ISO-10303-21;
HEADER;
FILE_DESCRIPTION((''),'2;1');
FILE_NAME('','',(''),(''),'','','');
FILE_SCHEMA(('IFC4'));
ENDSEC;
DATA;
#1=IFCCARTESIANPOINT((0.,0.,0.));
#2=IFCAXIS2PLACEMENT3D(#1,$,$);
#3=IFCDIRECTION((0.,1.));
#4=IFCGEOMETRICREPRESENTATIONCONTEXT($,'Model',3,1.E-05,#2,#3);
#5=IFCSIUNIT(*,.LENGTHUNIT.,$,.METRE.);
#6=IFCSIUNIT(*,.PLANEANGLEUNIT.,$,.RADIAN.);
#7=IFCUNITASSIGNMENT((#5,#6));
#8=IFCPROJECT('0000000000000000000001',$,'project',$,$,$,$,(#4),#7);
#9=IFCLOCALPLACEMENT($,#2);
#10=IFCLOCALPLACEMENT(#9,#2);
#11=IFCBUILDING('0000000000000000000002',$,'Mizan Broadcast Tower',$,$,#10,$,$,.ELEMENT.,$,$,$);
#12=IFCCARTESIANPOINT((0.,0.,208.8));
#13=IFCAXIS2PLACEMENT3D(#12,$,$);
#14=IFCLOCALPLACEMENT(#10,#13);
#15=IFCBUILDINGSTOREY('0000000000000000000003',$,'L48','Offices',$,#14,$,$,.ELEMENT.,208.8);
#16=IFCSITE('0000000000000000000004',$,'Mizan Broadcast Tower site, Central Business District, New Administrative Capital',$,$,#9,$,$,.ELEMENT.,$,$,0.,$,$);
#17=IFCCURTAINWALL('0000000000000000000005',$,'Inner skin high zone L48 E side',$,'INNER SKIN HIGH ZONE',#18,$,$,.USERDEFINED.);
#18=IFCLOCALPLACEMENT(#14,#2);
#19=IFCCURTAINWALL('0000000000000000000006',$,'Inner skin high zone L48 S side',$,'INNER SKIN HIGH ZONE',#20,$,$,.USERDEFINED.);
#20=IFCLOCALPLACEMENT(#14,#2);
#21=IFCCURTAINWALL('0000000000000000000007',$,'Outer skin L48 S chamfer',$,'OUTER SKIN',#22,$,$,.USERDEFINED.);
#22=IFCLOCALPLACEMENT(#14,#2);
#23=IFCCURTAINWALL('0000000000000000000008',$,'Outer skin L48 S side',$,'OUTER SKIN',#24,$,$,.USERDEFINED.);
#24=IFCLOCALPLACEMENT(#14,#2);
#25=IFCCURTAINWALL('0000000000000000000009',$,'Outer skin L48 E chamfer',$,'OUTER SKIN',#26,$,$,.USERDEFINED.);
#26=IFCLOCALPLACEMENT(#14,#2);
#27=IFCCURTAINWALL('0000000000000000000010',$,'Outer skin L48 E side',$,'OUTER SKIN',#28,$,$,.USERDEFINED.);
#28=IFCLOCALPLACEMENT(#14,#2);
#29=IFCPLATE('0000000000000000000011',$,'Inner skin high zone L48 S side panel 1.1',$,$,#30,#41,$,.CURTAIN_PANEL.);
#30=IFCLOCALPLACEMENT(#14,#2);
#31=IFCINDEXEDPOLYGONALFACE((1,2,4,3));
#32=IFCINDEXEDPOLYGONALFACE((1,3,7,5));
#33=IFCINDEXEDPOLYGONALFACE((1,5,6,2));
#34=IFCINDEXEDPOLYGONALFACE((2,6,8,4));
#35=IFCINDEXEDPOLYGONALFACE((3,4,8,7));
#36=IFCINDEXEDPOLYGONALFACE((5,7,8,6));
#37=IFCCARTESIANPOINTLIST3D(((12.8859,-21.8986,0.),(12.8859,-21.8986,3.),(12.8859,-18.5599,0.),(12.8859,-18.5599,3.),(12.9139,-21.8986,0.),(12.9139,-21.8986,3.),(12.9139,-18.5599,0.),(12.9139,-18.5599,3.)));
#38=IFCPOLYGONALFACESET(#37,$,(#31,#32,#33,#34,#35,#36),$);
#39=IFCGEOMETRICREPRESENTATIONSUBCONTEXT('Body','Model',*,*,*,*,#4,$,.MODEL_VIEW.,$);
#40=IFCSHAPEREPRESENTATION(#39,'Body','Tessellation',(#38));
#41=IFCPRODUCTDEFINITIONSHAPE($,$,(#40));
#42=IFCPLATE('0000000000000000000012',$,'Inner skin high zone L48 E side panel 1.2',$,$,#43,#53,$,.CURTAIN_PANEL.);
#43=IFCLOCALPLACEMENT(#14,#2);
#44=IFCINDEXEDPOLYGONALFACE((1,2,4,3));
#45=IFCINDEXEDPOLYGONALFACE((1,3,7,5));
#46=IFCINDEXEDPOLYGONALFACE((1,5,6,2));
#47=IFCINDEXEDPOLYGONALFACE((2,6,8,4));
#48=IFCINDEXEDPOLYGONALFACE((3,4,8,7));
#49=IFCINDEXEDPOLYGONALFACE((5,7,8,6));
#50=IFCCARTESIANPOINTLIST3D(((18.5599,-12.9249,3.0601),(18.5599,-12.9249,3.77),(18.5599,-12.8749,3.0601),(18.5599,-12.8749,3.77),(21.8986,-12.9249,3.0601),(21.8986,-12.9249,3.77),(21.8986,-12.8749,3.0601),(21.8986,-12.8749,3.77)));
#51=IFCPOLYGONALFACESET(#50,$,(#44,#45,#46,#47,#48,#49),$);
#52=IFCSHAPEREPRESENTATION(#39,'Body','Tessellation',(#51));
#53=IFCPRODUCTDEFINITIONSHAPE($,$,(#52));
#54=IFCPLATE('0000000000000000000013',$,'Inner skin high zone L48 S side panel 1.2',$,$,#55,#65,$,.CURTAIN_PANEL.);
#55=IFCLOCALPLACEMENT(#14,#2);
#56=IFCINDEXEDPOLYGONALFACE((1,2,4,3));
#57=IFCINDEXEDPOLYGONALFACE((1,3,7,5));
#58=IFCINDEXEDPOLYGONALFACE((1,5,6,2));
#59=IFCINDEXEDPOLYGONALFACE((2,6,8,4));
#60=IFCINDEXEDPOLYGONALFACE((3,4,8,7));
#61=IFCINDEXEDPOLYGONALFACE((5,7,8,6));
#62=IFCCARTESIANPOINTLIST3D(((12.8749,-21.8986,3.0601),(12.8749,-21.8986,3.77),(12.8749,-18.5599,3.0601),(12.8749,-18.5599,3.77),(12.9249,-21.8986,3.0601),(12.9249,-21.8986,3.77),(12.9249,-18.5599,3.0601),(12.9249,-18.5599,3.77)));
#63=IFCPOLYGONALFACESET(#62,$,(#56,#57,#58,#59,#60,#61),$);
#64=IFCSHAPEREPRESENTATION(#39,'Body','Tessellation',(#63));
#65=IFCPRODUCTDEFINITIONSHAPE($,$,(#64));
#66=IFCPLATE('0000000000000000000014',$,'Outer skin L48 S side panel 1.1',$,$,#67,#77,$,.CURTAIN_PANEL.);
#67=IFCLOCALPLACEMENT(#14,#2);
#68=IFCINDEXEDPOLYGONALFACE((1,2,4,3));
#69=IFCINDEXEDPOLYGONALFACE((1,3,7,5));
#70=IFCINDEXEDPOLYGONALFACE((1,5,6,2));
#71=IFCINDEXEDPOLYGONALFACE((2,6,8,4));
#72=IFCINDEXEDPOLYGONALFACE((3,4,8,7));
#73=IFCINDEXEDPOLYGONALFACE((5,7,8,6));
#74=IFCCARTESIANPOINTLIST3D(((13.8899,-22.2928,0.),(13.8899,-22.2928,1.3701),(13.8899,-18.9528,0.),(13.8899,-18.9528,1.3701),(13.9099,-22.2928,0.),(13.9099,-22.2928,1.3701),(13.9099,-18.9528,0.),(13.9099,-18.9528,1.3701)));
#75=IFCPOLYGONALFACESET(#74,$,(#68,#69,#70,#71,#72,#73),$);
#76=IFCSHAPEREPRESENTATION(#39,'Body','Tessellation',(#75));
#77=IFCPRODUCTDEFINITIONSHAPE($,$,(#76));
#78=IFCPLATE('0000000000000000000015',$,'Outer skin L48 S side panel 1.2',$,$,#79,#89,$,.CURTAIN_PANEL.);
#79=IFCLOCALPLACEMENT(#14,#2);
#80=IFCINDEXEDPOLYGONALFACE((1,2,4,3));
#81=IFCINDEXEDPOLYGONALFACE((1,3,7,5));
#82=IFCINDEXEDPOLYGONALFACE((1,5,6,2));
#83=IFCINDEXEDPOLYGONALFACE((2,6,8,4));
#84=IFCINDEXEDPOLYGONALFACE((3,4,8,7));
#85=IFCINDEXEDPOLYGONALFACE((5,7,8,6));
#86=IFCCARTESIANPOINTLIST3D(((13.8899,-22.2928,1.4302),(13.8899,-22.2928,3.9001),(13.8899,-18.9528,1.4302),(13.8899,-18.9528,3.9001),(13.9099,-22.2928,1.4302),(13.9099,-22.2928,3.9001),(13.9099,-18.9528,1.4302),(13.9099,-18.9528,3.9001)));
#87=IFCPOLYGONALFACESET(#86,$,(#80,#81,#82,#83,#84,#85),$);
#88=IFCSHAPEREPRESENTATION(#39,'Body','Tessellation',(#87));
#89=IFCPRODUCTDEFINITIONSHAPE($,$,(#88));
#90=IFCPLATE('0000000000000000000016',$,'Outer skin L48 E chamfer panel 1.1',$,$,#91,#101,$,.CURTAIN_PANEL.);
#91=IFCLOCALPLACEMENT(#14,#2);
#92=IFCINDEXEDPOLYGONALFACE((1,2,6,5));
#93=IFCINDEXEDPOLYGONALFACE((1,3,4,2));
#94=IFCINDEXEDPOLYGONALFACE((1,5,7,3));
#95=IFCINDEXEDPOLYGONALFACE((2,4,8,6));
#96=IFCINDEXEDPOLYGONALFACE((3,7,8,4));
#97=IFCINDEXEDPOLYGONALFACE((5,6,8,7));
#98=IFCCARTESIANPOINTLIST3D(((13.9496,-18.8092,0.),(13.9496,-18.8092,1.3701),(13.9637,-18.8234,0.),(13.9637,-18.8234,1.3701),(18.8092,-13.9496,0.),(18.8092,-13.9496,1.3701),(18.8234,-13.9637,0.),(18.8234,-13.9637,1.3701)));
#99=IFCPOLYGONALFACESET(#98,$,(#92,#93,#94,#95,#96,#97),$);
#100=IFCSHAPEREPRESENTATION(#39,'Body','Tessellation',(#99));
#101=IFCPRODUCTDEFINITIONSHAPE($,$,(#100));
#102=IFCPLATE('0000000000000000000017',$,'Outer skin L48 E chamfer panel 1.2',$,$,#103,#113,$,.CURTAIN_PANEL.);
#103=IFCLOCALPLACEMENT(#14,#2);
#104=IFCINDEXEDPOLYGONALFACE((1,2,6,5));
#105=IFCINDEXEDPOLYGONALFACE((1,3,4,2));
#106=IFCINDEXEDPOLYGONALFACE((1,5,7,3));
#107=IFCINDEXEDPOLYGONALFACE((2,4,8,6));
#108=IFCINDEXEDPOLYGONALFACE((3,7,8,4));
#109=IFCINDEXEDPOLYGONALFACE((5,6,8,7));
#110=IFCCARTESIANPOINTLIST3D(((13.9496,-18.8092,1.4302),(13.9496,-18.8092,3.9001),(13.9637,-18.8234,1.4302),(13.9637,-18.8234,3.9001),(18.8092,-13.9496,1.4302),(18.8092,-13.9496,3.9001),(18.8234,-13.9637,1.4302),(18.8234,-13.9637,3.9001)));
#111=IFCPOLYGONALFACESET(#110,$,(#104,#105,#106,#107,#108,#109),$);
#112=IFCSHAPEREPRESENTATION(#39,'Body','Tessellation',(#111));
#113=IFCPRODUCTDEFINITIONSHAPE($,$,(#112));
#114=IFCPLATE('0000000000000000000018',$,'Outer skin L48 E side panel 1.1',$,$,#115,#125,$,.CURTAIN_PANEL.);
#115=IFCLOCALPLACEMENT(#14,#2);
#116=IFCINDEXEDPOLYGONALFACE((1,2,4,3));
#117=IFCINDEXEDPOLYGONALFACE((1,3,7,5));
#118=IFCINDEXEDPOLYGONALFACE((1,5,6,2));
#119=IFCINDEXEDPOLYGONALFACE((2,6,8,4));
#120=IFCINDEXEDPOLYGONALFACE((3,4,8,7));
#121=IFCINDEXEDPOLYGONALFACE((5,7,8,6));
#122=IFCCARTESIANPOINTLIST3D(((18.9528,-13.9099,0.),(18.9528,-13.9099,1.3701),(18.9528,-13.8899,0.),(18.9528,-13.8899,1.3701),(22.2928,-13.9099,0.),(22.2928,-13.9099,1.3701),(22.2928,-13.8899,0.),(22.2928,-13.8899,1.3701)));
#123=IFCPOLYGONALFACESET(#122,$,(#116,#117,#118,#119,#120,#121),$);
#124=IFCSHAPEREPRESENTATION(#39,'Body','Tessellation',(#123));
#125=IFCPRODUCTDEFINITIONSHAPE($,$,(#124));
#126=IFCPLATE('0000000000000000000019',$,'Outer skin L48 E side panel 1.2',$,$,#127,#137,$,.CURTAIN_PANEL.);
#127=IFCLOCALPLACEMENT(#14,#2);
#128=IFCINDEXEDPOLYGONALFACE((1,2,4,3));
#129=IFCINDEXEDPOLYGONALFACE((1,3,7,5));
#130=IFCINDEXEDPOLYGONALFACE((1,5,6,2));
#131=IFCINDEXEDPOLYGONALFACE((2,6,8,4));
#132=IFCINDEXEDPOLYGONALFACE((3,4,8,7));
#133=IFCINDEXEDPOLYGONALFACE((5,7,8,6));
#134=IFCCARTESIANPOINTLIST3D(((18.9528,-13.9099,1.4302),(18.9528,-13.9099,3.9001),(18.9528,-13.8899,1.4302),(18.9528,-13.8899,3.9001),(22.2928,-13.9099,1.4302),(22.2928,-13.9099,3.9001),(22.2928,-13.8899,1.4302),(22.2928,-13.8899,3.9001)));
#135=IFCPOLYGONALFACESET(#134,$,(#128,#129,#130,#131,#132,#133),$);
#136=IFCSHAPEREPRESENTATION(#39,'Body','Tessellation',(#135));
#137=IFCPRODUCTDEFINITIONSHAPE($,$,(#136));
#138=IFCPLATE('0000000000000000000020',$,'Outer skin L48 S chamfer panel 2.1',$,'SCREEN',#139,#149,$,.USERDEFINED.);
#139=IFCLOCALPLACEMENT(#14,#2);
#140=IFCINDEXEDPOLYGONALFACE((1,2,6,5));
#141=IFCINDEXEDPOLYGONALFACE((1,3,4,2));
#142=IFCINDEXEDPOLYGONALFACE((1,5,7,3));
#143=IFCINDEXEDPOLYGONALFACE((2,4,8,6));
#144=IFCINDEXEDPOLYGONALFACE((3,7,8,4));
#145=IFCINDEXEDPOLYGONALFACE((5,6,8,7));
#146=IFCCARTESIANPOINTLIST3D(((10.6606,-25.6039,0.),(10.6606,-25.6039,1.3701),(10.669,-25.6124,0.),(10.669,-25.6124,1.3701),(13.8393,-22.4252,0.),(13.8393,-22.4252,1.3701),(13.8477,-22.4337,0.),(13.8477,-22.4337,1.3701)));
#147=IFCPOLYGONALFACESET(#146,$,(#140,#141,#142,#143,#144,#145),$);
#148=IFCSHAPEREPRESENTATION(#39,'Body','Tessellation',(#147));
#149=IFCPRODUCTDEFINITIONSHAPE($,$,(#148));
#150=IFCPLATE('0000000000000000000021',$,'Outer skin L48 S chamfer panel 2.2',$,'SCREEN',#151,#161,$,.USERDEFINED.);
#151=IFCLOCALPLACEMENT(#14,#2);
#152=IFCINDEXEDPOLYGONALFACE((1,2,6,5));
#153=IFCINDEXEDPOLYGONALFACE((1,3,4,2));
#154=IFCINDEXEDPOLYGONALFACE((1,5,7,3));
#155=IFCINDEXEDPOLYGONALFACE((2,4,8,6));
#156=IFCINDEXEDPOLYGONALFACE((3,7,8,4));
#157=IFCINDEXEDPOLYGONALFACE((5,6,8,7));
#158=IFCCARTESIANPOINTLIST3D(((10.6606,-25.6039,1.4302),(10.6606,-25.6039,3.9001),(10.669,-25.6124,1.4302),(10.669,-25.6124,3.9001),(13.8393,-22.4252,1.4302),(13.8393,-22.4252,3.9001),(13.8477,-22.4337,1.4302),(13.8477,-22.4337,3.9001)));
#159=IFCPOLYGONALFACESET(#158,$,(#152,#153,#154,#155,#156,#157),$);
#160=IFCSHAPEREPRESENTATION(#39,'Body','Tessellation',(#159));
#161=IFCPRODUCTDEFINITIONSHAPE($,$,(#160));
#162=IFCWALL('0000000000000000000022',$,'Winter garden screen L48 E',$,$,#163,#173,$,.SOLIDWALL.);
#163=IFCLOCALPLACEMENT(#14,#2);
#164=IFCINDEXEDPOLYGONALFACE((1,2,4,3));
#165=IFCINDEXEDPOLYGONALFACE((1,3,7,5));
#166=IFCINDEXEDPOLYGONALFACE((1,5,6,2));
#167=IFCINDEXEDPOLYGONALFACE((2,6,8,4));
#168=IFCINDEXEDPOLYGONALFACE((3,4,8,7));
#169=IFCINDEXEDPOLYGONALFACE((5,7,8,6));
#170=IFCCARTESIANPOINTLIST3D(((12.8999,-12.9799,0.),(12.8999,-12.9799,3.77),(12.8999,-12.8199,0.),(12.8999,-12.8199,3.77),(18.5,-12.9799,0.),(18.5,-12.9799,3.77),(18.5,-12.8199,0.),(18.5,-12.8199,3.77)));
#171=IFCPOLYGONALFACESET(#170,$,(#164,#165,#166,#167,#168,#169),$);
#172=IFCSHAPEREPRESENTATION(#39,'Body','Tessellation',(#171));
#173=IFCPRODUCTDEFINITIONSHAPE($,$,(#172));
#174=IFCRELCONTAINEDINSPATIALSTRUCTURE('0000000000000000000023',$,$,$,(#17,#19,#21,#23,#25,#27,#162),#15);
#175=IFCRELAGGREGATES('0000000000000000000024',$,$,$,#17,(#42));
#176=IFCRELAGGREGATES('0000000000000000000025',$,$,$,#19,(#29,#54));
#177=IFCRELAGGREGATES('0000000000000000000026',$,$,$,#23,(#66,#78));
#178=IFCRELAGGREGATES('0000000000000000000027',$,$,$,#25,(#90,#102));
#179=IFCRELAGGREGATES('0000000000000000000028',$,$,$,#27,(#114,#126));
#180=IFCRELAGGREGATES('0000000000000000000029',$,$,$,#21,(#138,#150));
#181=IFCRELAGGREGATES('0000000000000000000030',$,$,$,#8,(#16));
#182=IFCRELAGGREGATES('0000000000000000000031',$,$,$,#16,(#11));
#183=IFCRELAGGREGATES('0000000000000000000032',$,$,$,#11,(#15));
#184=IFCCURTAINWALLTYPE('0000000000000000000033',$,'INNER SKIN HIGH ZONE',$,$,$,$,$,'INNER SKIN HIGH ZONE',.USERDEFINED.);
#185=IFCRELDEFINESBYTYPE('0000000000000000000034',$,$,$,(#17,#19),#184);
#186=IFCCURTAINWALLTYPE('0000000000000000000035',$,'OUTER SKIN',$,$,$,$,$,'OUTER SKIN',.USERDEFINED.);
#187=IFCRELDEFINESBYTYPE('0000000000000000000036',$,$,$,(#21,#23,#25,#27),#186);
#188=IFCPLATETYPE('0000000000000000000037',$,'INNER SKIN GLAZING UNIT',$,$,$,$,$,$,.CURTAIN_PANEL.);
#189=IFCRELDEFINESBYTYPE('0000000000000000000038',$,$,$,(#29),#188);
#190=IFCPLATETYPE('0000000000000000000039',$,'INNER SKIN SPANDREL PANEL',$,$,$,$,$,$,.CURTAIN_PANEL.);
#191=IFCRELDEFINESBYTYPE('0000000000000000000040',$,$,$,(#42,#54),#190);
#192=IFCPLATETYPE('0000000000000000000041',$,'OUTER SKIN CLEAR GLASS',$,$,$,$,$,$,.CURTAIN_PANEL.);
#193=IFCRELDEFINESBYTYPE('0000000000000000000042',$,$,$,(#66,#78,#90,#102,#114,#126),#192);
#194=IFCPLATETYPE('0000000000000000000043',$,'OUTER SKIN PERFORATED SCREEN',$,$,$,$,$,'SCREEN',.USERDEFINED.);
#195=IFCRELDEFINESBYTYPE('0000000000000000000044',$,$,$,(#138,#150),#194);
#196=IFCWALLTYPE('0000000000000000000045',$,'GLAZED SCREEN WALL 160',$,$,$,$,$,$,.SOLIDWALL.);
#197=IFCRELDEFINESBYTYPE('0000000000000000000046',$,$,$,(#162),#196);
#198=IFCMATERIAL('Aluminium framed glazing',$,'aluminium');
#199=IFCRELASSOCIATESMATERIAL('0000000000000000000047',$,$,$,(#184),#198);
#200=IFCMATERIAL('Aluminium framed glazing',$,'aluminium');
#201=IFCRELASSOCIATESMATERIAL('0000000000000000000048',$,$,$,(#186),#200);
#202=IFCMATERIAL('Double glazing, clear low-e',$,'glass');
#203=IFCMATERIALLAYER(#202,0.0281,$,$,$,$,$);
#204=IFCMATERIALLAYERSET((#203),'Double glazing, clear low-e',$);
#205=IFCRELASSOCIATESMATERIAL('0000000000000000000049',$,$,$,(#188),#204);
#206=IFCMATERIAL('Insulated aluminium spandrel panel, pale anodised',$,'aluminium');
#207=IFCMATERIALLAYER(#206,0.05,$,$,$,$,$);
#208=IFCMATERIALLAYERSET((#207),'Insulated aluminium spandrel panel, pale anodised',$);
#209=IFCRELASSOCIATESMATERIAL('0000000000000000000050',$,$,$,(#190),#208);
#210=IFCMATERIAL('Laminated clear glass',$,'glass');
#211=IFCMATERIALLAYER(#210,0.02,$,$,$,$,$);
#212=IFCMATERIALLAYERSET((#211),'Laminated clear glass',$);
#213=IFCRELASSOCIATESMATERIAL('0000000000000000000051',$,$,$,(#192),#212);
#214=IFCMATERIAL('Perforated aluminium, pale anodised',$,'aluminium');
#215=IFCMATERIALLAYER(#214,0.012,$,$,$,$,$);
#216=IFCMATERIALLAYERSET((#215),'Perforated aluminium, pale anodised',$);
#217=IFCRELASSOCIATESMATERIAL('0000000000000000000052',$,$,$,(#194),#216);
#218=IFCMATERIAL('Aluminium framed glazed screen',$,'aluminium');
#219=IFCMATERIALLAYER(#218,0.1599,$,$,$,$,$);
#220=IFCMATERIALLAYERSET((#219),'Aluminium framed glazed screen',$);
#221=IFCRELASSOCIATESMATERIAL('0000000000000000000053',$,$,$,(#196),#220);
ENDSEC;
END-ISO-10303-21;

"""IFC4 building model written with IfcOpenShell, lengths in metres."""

from ifc_helpers import new_model, si_unit, direction, frame, frame_2d, origin, origin_2d, place, context, subcontext, project, spatial, rectangle, extrude, material, layer, layer_set, type_object, element, aggregate, save


model = new_model("IFC4")

# Units and contexts
model_context = context("Model", 3, precision=1e-05, world=origin(), true_north=direction((0.0, 1.0)))
body_context = subcontext(model_context, "Body", "Model", "MODEL_VIEW")
ifc_project = project(units=[si_unit("LENGTHUNIT", "METRE"), si_unit("PLANEANGLEUNIT", "RADIAN")], contexts=[model_context])

# Site, building, storey
site_placement = place(None, origin())
site = spatial("IfcSite", under=ifc_project, at=site_placement, Name="Mizan Broadcast Tower site, Central Business District, New Administrative Capital", CompositionType="ELEMENT", RefElevation=0.0)
building_placement = place(site_placement, origin())
building = spatial("IfcBuilding", under=site, at=building_placement, Name="Mizan Broadcast Tower", CompositionType="ELEMENT")
storey_placement = place(building_placement, frame((0.0, 0.0, 208.8)))
storey = spatial("IfcBuildingStorey", under=building, at=storey_placement, Name="L48", Description="Offices", CompositionType="ELEMENT", Elevation=208.8)

# Curtain walls
ifc_material_1 = material(Name="Aluminium framed glazing", Category="aluminium")
curtain_wall_type_1 = type_object("IfcCurtainWallType", Name="INNER SKIN HIGH ZONE", ElementType="INNER SKIN HIGH ZONE", PredefinedType="USERDEFINED", material=ifc_material_1)
curtain_wall_1_placement = place(storey_placement, origin())
curtain_wall_1 = element("IfcCurtainWall", 1, at=curtain_wall_1_placement, inside=storey, type_object=curtain_wall_type_1, Name="Inner skin high zone L48 E side", ObjectType="INNER SKIN HIGH ZONE", PredefinedType="USERDEFINED")
curtain_wall_2_placement = place(storey_placement, origin())
curtain_wall_2 = element("IfcCurtainWall", 2, at=curtain_wall_2_placement, inside=storey, type_object=curtain_wall_type_1, Name="Inner skin high zone L48 S side", ObjectType="INNER SKIN HIGH ZONE", PredefinedType="USERDEFINED")

# Curtain walls
ifc_material_2 = material(Name="Aluminium framed glazing", Category="aluminium")
curtain_wall_type_2 = type_object("IfcCurtainWallType", Name="OUTER SKIN", ElementType="OUTER SKIN", PredefinedType="USERDEFINED", material=ifc_material_2)
curtain_wall_3_placement = place(storey_placement, origin())
curtain_wall_3 = element("IfcCurtainWall", 3, at=curtain_wall_3_placement, inside=storey, type_object=curtain_wall_type_2, Name="Outer skin L48 S chamfer", ObjectType="OUTER SKIN", PredefinedType="USERDEFINED")
curtain_wall_4_placement = place(storey_placement, origin())
curtain_wall_4 = element("IfcCurtainWall", 4, at=curtain_wall_4_placement, inside=storey, type_object=curtain_wall_type_2, Name="Outer skin L48 S side", ObjectType="OUTER SKIN", PredefinedType="USERDEFINED")
curtain_wall_5_placement = place(storey_placement, origin())
curtain_wall_5 = element("IfcCurtainWall", 5, at=curtain_wall_5_placement, inside=storey, type_object=curtain_wall_type_2, Name="Outer skin L48 E chamfer", ObjectType="OUTER SKIN", PredefinedType="USERDEFINED")
curtain_wall_6_placement = place(storey_placement, origin())
curtain_wall_6 = element("IfcCurtainWall", 6, at=curtain_wall_6_placement, inside=storey, type_object=curtain_wall_type_2, Name="Outer skin L48 E side", ObjectType="OUTER SKIN", PredefinedType="USERDEFINED")

# Plates
ifc_material_3 = material(Name="Double glazing, clear low-e", Category="glass")
ifc_layer_1 = layer(ifc_material_3, 0.0281)
ifc_layer_set_1 = layer_set([ifc_layer_1], Name="Double glazing, clear low-e")
plate_type_1 = type_object("IfcPlateType", Name="INNER SKIN GLAZING UNIT", PredefinedType="CURTAIN_PANEL", material=ifc_layer_set_1)
plate_1_placement = place(storey_placement, frame((12.8999, -20.2292, 0.0), z_axis=(0.0, 0.0, 1.0), x_axis=(0.0, 1.0, 0.0)))
plate_1 = element("IfcPlate", 7, at=plate_1_placement, type_object=plate_type_1, Name="Inner skin high zone L48 S side panel 1.1", PredefinedType="CURTAIN_PANEL", context=body_context, shape_type="SweptSolid", body=[
    extrude(rectangle(XDim=3.3386, YDim=0.0281, at=origin_2d()), origin(), (0.0, 0.0, 1.0), 3.0),
])
ifc_material_4 = material(Name="Insulated aluminium spandrel panel, pale anodised", Category="aluminium")
ifc_layer_2 = layer(ifc_material_4, 0.05)
ifc_layer_set_2 = layer_set([ifc_layer_2], Name="Insulated aluminium spandrel panel, pale anodised")
plate_type_2 = type_object("IfcPlateType", Name="INNER SKIN SPANDREL PANEL", PredefinedType="CURTAIN_PANEL", material=ifc_layer_set_2)
plate_2_placement = place(storey_placement, frame((20.2292, -12.8999, 3.0601), z_axis=(0.0, 0.0, 1.0), x_axis=(1.0, 0.0, 0.0)))
plate_2 = element("IfcPlate", 8, at=plate_2_placement, type_object=plate_type_2, Name="Inner skin high zone L48 E side panel 1.2", PredefinedType="CURTAIN_PANEL", context=body_context, shape_type="SweptSolid", body=[
    extrude(rectangle(XDim=3.3386, YDim=0.05, at=origin_2d()), origin(), (0.0, 0.0, 1.0), 0.71),
])
aggregate(curtain_wall_1, [plate_2])
plate_3_placement = place(storey_placement, frame((12.8999, -20.2292, 3.0601), z_axis=(0.0, 0.0, 1.0), x_axis=(0.0, 1.0, 0.0)))
plate_3 = element("IfcPlate", 9, at=plate_3_placement, type_object=plate_type_2, Name="Inner skin high zone L48 S side panel 1.2", PredefinedType="CURTAIN_PANEL", context=body_context, shape_type="SweptSolid", body=[
    extrude(rectangle(XDim=3.3386, YDim=0.05, at=origin_2d()), origin(), (0.0, 0.0, 1.0), 0.71),
])
aggregate(curtain_wall_2, [plate_1, plate_3])
ifc_material_5 = material(Name="Laminated clear glass", Category="glass")
ifc_layer_3 = layer(ifc_material_5, 0.02)
ifc_layer_set_3 = layer_set([ifc_layer_3], Name="Laminated clear glass")
plate_type_3 = type_object("IfcPlateType", Name="OUTER SKIN CLEAR GLASS", PredefinedType="CURTAIN_PANEL", material=ifc_layer_set_3)
plate_4_placement = place(storey_placement, frame((13.8999, -20.6228, 0.0), z_axis=(0.0, 0.0, 1.0), x_axis=(0.0, 1.0, 0.0)))
plate_4 = element("IfcPlate", 10, at=plate_4_placement, type_object=plate_type_3, Name="Outer skin L48 S side panel 1.1", PredefinedType="CURTAIN_PANEL", context=body_context, shape_type="SweptSolid", body=[
    extrude(rectangle(XDim=3.3401, YDim=0.02, at=origin_2d()), origin(), (0.0, 0.0, 1.0), 1.3701),
])
plate_5_placement = place(storey_placement, frame((13.8999, -20.6228, 1.4302), z_axis=(0.0, 0.0, 1.0), x_axis=(0.0, 1.0, 0.0)))
plate_5 = element("IfcPlate", 11, at=plate_5_placement, type_object=plate_type_3, Name="Outer skin L48 S side panel 1.2", PredefinedType="CURTAIN_PANEL", context=body_context, shape_type="SweptSolid", body=[
    extrude(rectangle(XDim=3.3401, YDim=0.02, at=origin_2d()), origin(), (0.0, 0.0, 1.0), 2.47),
])
aggregate(curtain_wall_4, [plate_4, plate_5])
plate_6_placement = place(storey_placement, frame((16.3865, -16.3865, 0.0), z_axis=(0.0, 0.0, 1.0), x_axis=(0.707107, 0.707107, 0.0)))
plate_6 = element("IfcPlate", 12, at=plate_6_placement, type_object=plate_type_3, Name="Outer skin L48 E chamfer panel 1.1", PredefinedType="CURTAIN_PANEL", context=body_context, shape_type="SweptSolid", body=[
    extrude(rectangle(XDim=6.8726, YDim=0.02, at=origin_2d()), origin(), (0.0, 0.0, 1.0), 1.3701),
])
plate_7_placement = place(storey_placement, frame((16.3865, -16.3865, 1.4302), z_axis=(0.0, 0.0, 1.0), x_axis=(0.707107, 0.707107, 0.0)))
plate_7 = element("IfcPlate", 13, at=plate_7_placement, type_object=plate_type_3, Name="Outer skin L48 E chamfer panel 1.2", PredefinedType="CURTAIN_PANEL", context=body_context, shape_type="SweptSolid", body=[
    extrude(rectangle(XDim=6.8726, YDim=0.02, at=origin_2d()), origin(), (0.0, 0.0, 1.0), 2.47),
])
aggregate(curtain_wall_5, [plate_6, plate_7])
plate_8_placement = place(storey_placement, frame((20.6228, -13.8999, 0.0), z_axis=(0.0, 0.0, 1.0), x_axis=(1.0, 0.0, 0.0)))
plate_8 = element("IfcPlate", 14, at=plate_8_placement, type_object=plate_type_3, Name="Outer skin L48 E side panel 1.1", PredefinedType="CURTAIN_PANEL", context=body_context, shape_type="SweptSolid", body=[
    extrude(rectangle(XDim=3.3401, YDim=0.02, at=origin_2d()), origin(), (0.0, 0.0, 1.0), 1.3701),
])
plate_9_placement = place(storey_placement, frame((20.6228, -13.8999, 1.4302), z_axis=(0.0, 0.0, 1.0), x_axis=(1.0, 0.0, 0.0)))
plate_9 = element("IfcPlate", 15, at=plate_9_placement, type_object=plate_type_3, Name="Outer skin L48 E side panel 1.2", PredefinedType="CURTAIN_PANEL", context=body_context, shape_type="SweptSolid", body=[
    extrude(rectangle(XDim=3.3401, YDim=0.02, at=origin_2d()), origin(), (0.0, 0.0, 1.0), 2.47),
])
aggregate(curtain_wall_6, [plate_8, plate_9])
ifc_material_6 = material(Name="Perforated aluminium, pale anodised", Category="aluminium")
ifc_layer_4 = layer(ifc_material_6, 0.012)
ifc_layer_set_4 = layer_set([ifc_layer_4], Name="Perforated aluminium, pale anodised")
plate_type_4 = type_object("IfcPlateType", Name="OUTER SKIN PERFORATED SCREEN", ElementType="SCREEN", PredefinedType="USERDEFINED", material=ifc_layer_set_4)
plate_10_placement = place(storey_placement, frame((12.2542, -24.0188, 0.0), z_axis=(0.0, 0.0, 1.0), x_axis=(0.707107, 0.707107, 0.0)))
plate_10 = element("IfcPlate", 16, at=plate_10_placement, type_object=plate_type_4, Name="Outer skin L48 S chamfer panel 2.1", ObjectType="SCREEN", PredefinedType="USERDEFINED", context=body_context, shape_type="SweptSolid", body=[
    extrude(rectangle(XDim=4.4954, YDim=0.012, at=origin_2d()), origin(), (0.0, 0.0, 1.0), 1.3701),
])
plate_11_placement = place(storey_placement, frame((12.2542, -24.0188, 1.4302), z_axis=(0.0, 0.0, 1.0), x_axis=(0.707107, 0.707107, 0.0)))
plate_11 = element("IfcPlate", 17, at=plate_11_placement, type_object=plate_type_4, Name="Outer skin L48 S chamfer panel 2.2", ObjectType="SCREEN", PredefinedType="USERDEFINED", context=body_context, shape_type="SweptSolid", body=[
    extrude(rectangle(XDim=4.4954, YDim=0.012, at=origin_2d()), origin(), (0.0, 0.0, 1.0), 2.47),
])
aggregate(curtain_wall_3, [plate_10, plate_11])

# Wall
ifc_material_7 = material(Name="Aluminium framed glazed screen", Category="aluminium")
ifc_layer_5 = layer(ifc_material_7, 0.1599)
ifc_layer_set_5 = layer_set([ifc_layer_5], Name="Aluminium framed glazed screen")
wall_type = type_object("IfcWallType", Name="GLAZED SCREEN WALL 160", PredefinedType="SOLIDWALL", material=ifc_layer_set_5)
wall_1_placement = place(storey_placement, frame((12.8999, -12.8999, 0.0), z_axis=(0.0, 0.0, 1.0), x_axis=(1.0, 0.0, 0.0)))
element("IfcWall", 18, at=wall_1_placement, inside=storey, type_object=wall_type, Name="Winter garden screen L48 E", PredefinedType="SOLIDWALL", context=body_context, shape_type="SweptSolid", body=[
    extrude(rectangle(XDim=5.6001, YDim=0.1599, at=frame_2d((2.8, 0.0))), origin(), (0.0, 0.0, 1.0), 3.77),
])

save(model, "model.ifc")
